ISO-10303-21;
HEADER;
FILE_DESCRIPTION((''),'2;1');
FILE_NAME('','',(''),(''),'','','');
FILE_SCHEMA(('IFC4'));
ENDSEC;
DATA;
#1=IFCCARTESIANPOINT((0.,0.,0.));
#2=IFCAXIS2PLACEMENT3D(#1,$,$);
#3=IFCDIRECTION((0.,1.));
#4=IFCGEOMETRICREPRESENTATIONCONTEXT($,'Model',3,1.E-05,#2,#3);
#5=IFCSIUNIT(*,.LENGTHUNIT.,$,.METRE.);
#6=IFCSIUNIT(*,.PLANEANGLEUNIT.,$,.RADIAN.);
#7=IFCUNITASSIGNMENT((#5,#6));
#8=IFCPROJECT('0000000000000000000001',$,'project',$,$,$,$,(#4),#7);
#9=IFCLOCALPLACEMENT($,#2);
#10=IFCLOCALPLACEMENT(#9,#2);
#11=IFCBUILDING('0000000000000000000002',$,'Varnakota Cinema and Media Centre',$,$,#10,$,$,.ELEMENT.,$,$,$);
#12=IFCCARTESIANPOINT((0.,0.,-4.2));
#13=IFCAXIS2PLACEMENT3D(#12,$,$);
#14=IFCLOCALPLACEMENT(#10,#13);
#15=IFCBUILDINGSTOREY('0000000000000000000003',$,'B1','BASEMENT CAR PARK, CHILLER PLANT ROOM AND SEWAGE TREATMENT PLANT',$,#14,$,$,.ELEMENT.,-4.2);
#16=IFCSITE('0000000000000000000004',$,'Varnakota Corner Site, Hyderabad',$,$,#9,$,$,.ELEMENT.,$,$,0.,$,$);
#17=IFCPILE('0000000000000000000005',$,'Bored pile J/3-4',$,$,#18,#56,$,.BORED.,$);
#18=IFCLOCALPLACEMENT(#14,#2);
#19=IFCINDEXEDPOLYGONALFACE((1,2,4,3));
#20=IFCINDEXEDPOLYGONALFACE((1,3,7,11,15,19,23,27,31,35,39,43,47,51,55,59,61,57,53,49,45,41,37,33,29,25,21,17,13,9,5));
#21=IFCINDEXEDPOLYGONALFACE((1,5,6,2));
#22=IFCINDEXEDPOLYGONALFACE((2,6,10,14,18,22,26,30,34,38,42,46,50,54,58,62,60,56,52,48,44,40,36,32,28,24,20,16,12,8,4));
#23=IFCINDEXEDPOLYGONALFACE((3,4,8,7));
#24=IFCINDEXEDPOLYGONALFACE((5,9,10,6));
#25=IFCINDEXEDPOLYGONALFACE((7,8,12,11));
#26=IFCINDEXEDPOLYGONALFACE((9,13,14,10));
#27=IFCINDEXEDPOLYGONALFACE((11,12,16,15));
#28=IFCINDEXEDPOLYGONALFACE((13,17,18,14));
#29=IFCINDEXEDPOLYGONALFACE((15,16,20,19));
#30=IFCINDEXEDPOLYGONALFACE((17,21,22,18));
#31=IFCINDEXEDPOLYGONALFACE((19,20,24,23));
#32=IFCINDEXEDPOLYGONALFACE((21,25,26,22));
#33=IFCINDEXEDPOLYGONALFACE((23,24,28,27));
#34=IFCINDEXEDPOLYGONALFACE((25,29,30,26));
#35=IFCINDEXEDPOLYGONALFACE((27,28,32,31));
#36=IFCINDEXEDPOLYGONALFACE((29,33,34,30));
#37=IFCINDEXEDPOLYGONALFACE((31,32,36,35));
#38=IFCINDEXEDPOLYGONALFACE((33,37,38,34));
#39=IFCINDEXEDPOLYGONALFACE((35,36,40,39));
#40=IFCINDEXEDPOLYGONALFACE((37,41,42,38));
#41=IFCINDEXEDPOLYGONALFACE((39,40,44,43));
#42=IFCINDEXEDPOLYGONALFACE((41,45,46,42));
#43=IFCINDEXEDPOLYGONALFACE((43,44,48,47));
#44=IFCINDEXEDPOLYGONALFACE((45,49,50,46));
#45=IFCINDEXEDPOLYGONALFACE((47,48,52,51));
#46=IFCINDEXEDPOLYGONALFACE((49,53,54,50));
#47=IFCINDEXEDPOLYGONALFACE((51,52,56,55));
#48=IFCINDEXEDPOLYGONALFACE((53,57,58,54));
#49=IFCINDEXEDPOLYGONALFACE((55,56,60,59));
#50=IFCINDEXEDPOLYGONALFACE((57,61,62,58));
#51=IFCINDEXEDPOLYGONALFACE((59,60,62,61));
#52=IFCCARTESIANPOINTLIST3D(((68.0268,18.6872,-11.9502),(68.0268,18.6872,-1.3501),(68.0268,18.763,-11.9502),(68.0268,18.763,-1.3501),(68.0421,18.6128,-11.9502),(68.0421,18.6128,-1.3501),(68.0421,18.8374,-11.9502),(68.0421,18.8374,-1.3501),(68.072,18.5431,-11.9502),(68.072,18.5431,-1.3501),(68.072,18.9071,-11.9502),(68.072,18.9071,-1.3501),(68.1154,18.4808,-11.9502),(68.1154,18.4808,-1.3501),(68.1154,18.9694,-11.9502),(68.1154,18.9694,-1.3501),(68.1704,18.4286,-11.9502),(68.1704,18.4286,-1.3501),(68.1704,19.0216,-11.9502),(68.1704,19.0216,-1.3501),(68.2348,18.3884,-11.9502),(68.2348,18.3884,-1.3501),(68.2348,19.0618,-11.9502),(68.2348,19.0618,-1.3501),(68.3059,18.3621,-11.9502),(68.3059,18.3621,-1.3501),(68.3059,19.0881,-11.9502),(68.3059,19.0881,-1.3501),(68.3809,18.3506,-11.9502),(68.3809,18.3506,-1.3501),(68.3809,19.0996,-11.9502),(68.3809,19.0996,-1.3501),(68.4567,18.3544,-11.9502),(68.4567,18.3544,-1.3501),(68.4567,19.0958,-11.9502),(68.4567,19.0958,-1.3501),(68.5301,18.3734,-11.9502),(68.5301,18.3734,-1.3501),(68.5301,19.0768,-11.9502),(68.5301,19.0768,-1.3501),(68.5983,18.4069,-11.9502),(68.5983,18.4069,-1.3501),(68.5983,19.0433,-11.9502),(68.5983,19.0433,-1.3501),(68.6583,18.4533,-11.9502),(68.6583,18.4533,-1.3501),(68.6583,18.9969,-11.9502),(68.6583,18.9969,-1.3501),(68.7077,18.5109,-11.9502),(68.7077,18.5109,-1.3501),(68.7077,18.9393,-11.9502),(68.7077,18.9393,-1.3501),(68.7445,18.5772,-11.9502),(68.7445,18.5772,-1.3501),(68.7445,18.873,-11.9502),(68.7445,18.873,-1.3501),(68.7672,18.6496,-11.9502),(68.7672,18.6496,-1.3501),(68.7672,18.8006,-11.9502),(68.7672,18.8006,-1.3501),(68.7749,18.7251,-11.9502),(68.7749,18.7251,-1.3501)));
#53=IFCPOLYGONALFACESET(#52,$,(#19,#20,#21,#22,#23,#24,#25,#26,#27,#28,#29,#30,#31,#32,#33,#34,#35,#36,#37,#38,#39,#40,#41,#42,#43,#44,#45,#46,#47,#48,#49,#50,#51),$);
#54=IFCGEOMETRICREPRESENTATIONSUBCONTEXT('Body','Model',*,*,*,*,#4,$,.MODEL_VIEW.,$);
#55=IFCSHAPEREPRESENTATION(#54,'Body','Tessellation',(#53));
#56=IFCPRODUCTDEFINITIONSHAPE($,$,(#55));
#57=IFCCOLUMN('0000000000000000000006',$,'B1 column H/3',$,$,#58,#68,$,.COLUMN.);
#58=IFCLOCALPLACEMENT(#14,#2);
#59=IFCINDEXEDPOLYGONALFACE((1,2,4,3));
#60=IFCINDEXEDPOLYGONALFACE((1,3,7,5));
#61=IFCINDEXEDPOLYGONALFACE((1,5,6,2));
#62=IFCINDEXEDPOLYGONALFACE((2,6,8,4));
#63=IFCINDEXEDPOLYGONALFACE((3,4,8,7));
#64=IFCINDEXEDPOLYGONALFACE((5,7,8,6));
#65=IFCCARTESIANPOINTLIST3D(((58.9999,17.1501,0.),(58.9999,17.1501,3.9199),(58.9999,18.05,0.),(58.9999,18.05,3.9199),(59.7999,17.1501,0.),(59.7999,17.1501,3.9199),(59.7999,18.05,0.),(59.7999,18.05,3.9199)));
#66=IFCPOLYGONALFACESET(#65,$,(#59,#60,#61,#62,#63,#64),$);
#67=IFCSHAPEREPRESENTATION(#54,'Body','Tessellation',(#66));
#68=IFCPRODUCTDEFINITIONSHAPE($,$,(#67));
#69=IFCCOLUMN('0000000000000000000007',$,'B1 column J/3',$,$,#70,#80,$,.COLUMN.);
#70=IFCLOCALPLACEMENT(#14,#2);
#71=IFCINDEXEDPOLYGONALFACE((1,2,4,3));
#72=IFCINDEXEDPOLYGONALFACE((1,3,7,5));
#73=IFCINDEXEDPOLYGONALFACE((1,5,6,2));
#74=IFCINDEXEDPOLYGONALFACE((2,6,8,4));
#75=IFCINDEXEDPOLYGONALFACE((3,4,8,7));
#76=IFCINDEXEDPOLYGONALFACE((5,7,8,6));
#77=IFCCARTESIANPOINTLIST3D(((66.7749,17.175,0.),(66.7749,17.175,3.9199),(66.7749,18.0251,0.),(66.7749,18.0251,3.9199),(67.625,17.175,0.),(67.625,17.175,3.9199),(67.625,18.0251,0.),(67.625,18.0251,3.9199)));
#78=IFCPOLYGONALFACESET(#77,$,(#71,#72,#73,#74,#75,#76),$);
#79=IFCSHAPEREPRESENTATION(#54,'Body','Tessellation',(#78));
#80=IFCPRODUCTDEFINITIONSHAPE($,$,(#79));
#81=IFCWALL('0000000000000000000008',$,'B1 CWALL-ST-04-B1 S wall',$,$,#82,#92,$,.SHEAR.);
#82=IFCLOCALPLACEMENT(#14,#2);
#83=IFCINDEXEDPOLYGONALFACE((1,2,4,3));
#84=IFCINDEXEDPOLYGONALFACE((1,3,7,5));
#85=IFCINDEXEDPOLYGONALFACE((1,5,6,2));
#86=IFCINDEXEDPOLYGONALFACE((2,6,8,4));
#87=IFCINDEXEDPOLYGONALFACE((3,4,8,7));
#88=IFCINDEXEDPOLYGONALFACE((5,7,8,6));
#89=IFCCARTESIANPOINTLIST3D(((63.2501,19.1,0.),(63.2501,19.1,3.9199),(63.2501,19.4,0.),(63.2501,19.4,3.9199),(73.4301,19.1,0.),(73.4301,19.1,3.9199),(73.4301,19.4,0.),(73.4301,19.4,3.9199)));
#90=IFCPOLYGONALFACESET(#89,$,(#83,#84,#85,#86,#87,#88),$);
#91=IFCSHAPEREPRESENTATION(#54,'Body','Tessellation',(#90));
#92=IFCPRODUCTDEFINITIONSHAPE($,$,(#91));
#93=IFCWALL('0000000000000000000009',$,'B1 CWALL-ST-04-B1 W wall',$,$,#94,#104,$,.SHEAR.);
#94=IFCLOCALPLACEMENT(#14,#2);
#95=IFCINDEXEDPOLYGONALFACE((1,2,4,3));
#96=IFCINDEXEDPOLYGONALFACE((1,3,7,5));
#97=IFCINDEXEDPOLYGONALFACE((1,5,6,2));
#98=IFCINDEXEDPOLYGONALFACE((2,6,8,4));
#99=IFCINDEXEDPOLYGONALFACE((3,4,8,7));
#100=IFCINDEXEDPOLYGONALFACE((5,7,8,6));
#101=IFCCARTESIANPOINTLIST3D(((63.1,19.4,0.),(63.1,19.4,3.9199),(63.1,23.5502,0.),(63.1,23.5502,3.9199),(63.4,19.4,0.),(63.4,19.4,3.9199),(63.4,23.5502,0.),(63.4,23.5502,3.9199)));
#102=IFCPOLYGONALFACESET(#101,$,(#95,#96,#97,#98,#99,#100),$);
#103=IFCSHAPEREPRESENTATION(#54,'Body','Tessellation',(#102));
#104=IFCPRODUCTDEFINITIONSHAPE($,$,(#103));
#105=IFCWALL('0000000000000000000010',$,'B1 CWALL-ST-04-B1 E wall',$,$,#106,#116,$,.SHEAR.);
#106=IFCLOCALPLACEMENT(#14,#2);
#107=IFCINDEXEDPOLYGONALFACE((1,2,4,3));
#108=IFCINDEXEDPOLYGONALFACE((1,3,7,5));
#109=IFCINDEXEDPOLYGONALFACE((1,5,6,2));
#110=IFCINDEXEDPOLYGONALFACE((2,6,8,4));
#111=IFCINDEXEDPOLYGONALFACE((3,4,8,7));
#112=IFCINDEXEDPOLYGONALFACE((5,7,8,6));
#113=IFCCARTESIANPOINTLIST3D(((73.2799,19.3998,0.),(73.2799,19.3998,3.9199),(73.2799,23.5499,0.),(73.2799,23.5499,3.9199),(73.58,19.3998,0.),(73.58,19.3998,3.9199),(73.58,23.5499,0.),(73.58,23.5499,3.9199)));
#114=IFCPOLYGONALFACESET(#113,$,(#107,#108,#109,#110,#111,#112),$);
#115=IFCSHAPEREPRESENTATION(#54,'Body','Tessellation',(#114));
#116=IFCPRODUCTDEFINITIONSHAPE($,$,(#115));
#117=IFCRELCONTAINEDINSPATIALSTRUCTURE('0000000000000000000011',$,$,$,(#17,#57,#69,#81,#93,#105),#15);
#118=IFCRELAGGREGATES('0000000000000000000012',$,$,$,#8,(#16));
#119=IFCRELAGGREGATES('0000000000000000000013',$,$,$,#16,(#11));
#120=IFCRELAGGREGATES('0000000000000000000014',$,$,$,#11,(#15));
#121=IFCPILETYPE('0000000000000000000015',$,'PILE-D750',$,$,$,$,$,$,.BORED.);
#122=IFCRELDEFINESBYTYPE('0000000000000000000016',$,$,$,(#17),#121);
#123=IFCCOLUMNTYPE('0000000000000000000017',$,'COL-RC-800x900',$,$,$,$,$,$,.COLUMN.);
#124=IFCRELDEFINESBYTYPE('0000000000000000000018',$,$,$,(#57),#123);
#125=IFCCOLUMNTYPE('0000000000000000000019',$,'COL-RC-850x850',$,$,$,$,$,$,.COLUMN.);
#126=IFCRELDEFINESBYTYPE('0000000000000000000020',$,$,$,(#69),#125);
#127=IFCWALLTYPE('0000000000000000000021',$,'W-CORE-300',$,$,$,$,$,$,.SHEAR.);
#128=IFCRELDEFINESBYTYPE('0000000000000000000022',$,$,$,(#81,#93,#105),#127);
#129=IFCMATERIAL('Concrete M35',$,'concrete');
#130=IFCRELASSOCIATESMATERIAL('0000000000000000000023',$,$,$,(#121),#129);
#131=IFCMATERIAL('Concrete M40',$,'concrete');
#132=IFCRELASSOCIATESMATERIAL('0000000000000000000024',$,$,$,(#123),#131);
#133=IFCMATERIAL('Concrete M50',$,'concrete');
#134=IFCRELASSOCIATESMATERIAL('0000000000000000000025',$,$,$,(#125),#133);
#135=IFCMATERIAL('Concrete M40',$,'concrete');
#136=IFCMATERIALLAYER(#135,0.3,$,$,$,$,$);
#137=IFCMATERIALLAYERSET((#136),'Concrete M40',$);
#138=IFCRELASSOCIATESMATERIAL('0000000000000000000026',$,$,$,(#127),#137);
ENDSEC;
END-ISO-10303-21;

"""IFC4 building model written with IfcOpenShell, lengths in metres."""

from ifc_helpers import new_model, si_unit, direction, frame, frame_2d, origin, origin_2d, place, context, subcontext, project, spatial, rectangle, circle, extrude, material, layer, layer_set, material_profile, profile_set, type_object, element, save


model = new_model("IFC4")

# Units and contexts
model_context = context("Model", 3, precision=1e-05, world=origin(), true_north=direction((0.0, 1.0)))
body_context = subcontext(model_context, "Body", "Model", "MODEL_VIEW")
ifc_project = project(units=[si_unit("LENGTHUNIT", "METRE"), si_unit("PLANEANGLEUNIT", "RADIAN")], contexts=[model_context])

# Site, building, storey
site_placement = place(None, origin())
site = spatial("IfcSite", under=ifc_project, at=site_placement, Name="Varnakota Corner Site, Hyderabad", CompositionType="ELEMENT", RefElevation=0.0)
building_placement = place(site_placement, origin())
building = spatial("IfcBuilding", under=site, at=building_placement, Name="Varnakota Cinema and Media Centre", CompositionType="ELEMENT")
storey_placement = place(building_placement, frame((0.0, 0.0, -4.2)))
storey = spatial("IfcBuildingStorey", under=building, at=storey_placement, Name="B1", Description="BASEMENT CAR PARK, CHILLER PLANT ROOM AND SEWAGE TREATMENT PLANT", CompositionType="ELEMENT", Elevation=-4.2)

# Pile
ifc_material_1 = material(Name="Concrete M35", Category="concrete")
ifc_material_profile_1 = material_profile(ifc_material_1, circle(Radius=0.375, at=origin_2d()), Name="PILE D750")
ifc_profile_set_1 = profile_set([ifc_material_profile_1], Name="Concrete M35")
pile_type_1 = type_object("IfcPileType", Name="PILE-D750", PredefinedType="BORED", material=ifc_profile_set_1)
for number, where, z_axis, x_axis, name in (
    (1, (68.3999, 18.7251, -1.3501), (0.0, 0.0, -1.0), (1.0, 0.0, 0.0), "Bored pile J/3-4"),
):
    element("IfcPile", number, at=place(storey_placement, frame(where, z_axis=z_axis, x_axis=x_axis)), inside=storey, type_object=pile_type_1, Name=name, PredefinedType="BORED", context=body_context, shape_type="SweptSolid", body=[
        extrude(circle(Radius=0.375, at=origin_2d()), origin(), (0.0, 0.0, 1.0), 10.6001),
    ])

# Columns
ifc_material_2 = material(Name="Concrete M40", Category="concrete")
ifc_material_profile_2 = material_profile(ifc_material_2, rectangle(XDim=0.8, YDim=0.8999, at=origin_2d()), Name="RC 800x900")
ifc_profile_set_2 = profile_set([ifc_material_profile_2], Name="Concrete M40")
column_type_1 = type_object("IfcColumnType", Name="COL-RC-800x900", PredefinedType="COLUMN", material=ifc_profile_set_2)
column_1_placement = place(storey_placement, frame((59.3999, 17.6001, 0.0), z_axis=(0.0, 0.0, 1.0), x_axis=(1.0, 0.0, 0.0)))
element("IfcColumn", 2, at=column_1_placement, inside=storey, type_object=column_type_1, Name="B1 column H/3", PredefinedType="COLUMN", context=body_context, shape_type="SweptSolid", body=[
    extrude(rectangle(XDim=0.8, YDim=0.8999, at=origin_2d()), origin(), (0.0, 0.0, 1.0), 3.9199),
])
ifc_material_3 = material(Name="Concrete M50", Category="concrete")
ifc_material_profile_3 = material_profile(ifc_material_3, rectangle(XDim=0.8501, YDim=0.8501, at=origin_2d()), Name="RC 850x850")
ifc_profile_set_3 = profile_set([ifc_material_profile_3], Name="Concrete M50")
column_type_2 = type_object("IfcColumnType", Name="COL-RC-850x850", PredefinedType="COLUMN", material=ifc_profile_set_3)
column_2_placement = place(storey_placement, frame((67.2, 17.6001, 0.0), z_axis=(0.0, 0.0, 1.0), x_axis=(1.0, 0.0, 0.0)))
element("IfcColumn", 3, at=column_2_placement, inside=storey, type_object=column_type_2, Name="B1 column J/3", PredefinedType="COLUMN", context=body_context, shape_type="SweptSolid", body=[
    extrude(rectangle(XDim=0.8501, YDim=0.8501, at=origin_2d()), origin(), (0.0, 0.0, 1.0), 3.9199),
])

# Walls
ifc_material_4 = material(Name="Concrete M40", Category="concrete")
ifc_layer = layer(ifc_material_4, 0.3)
ifc_layer_set = layer_set([ifc_layer], Name="Concrete M40")
wall_type = type_object("IfcWallType", Name="W-CORE-300", PredefinedType="SHEAR", material=ifc_layer_set)
wall_placement = place(storey_placement, frame((73.4299, 19.25, 0.0), z_axis=(0.0, 0.0, 1.0), x_axis=(-1.0, 0.0, 0.0)))
element("IfcWall", 4, at=wall_placement, inside=storey, type_object=wall_type, Name="B1 CWALL-ST-04-B1 S wall", PredefinedType="SHEAR", context=body_context, shape_type="SweptSolid", body=[
    extrude(rectangle(XDim=10.1799, YDim=0.3, at=frame_2d((5.0898, 0.0))), origin(), (0.0, 0.0, 1.0), 3.9199),
])
for number, where, z_axis, x_axis, name in (
    (5, (63.25, 19.3999, 0.0), (0.0, 0.0, 1.0), (0.0, 1.0, 0.0), "B1 CWALL-ST-04-B1 W wall"),
    (6, (73.4299, 23.55, 0.0), (0.0, 0.0, 1.0), (0.0, -1.0, 0.0), "B1 CWALL-ST-04-B1 E wall"),
):
    element("IfcWall", number, at=place(storey_placement, frame(where, z_axis=z_axis, x_axis=x_axis)), inside=storey, type_object=wall_type, Name=name, PredefinedType="SHEAR", context=body_context, shape_type="SweptSolid", body=[
        extrude(rectangle(XDim=4.1501, YDim=0.3, at=frame_2d((2.0752, 0.0))), origin(), (0.0, 0.0, 1.0), 3.9199),
    ])

save(model, "model.ifc")
